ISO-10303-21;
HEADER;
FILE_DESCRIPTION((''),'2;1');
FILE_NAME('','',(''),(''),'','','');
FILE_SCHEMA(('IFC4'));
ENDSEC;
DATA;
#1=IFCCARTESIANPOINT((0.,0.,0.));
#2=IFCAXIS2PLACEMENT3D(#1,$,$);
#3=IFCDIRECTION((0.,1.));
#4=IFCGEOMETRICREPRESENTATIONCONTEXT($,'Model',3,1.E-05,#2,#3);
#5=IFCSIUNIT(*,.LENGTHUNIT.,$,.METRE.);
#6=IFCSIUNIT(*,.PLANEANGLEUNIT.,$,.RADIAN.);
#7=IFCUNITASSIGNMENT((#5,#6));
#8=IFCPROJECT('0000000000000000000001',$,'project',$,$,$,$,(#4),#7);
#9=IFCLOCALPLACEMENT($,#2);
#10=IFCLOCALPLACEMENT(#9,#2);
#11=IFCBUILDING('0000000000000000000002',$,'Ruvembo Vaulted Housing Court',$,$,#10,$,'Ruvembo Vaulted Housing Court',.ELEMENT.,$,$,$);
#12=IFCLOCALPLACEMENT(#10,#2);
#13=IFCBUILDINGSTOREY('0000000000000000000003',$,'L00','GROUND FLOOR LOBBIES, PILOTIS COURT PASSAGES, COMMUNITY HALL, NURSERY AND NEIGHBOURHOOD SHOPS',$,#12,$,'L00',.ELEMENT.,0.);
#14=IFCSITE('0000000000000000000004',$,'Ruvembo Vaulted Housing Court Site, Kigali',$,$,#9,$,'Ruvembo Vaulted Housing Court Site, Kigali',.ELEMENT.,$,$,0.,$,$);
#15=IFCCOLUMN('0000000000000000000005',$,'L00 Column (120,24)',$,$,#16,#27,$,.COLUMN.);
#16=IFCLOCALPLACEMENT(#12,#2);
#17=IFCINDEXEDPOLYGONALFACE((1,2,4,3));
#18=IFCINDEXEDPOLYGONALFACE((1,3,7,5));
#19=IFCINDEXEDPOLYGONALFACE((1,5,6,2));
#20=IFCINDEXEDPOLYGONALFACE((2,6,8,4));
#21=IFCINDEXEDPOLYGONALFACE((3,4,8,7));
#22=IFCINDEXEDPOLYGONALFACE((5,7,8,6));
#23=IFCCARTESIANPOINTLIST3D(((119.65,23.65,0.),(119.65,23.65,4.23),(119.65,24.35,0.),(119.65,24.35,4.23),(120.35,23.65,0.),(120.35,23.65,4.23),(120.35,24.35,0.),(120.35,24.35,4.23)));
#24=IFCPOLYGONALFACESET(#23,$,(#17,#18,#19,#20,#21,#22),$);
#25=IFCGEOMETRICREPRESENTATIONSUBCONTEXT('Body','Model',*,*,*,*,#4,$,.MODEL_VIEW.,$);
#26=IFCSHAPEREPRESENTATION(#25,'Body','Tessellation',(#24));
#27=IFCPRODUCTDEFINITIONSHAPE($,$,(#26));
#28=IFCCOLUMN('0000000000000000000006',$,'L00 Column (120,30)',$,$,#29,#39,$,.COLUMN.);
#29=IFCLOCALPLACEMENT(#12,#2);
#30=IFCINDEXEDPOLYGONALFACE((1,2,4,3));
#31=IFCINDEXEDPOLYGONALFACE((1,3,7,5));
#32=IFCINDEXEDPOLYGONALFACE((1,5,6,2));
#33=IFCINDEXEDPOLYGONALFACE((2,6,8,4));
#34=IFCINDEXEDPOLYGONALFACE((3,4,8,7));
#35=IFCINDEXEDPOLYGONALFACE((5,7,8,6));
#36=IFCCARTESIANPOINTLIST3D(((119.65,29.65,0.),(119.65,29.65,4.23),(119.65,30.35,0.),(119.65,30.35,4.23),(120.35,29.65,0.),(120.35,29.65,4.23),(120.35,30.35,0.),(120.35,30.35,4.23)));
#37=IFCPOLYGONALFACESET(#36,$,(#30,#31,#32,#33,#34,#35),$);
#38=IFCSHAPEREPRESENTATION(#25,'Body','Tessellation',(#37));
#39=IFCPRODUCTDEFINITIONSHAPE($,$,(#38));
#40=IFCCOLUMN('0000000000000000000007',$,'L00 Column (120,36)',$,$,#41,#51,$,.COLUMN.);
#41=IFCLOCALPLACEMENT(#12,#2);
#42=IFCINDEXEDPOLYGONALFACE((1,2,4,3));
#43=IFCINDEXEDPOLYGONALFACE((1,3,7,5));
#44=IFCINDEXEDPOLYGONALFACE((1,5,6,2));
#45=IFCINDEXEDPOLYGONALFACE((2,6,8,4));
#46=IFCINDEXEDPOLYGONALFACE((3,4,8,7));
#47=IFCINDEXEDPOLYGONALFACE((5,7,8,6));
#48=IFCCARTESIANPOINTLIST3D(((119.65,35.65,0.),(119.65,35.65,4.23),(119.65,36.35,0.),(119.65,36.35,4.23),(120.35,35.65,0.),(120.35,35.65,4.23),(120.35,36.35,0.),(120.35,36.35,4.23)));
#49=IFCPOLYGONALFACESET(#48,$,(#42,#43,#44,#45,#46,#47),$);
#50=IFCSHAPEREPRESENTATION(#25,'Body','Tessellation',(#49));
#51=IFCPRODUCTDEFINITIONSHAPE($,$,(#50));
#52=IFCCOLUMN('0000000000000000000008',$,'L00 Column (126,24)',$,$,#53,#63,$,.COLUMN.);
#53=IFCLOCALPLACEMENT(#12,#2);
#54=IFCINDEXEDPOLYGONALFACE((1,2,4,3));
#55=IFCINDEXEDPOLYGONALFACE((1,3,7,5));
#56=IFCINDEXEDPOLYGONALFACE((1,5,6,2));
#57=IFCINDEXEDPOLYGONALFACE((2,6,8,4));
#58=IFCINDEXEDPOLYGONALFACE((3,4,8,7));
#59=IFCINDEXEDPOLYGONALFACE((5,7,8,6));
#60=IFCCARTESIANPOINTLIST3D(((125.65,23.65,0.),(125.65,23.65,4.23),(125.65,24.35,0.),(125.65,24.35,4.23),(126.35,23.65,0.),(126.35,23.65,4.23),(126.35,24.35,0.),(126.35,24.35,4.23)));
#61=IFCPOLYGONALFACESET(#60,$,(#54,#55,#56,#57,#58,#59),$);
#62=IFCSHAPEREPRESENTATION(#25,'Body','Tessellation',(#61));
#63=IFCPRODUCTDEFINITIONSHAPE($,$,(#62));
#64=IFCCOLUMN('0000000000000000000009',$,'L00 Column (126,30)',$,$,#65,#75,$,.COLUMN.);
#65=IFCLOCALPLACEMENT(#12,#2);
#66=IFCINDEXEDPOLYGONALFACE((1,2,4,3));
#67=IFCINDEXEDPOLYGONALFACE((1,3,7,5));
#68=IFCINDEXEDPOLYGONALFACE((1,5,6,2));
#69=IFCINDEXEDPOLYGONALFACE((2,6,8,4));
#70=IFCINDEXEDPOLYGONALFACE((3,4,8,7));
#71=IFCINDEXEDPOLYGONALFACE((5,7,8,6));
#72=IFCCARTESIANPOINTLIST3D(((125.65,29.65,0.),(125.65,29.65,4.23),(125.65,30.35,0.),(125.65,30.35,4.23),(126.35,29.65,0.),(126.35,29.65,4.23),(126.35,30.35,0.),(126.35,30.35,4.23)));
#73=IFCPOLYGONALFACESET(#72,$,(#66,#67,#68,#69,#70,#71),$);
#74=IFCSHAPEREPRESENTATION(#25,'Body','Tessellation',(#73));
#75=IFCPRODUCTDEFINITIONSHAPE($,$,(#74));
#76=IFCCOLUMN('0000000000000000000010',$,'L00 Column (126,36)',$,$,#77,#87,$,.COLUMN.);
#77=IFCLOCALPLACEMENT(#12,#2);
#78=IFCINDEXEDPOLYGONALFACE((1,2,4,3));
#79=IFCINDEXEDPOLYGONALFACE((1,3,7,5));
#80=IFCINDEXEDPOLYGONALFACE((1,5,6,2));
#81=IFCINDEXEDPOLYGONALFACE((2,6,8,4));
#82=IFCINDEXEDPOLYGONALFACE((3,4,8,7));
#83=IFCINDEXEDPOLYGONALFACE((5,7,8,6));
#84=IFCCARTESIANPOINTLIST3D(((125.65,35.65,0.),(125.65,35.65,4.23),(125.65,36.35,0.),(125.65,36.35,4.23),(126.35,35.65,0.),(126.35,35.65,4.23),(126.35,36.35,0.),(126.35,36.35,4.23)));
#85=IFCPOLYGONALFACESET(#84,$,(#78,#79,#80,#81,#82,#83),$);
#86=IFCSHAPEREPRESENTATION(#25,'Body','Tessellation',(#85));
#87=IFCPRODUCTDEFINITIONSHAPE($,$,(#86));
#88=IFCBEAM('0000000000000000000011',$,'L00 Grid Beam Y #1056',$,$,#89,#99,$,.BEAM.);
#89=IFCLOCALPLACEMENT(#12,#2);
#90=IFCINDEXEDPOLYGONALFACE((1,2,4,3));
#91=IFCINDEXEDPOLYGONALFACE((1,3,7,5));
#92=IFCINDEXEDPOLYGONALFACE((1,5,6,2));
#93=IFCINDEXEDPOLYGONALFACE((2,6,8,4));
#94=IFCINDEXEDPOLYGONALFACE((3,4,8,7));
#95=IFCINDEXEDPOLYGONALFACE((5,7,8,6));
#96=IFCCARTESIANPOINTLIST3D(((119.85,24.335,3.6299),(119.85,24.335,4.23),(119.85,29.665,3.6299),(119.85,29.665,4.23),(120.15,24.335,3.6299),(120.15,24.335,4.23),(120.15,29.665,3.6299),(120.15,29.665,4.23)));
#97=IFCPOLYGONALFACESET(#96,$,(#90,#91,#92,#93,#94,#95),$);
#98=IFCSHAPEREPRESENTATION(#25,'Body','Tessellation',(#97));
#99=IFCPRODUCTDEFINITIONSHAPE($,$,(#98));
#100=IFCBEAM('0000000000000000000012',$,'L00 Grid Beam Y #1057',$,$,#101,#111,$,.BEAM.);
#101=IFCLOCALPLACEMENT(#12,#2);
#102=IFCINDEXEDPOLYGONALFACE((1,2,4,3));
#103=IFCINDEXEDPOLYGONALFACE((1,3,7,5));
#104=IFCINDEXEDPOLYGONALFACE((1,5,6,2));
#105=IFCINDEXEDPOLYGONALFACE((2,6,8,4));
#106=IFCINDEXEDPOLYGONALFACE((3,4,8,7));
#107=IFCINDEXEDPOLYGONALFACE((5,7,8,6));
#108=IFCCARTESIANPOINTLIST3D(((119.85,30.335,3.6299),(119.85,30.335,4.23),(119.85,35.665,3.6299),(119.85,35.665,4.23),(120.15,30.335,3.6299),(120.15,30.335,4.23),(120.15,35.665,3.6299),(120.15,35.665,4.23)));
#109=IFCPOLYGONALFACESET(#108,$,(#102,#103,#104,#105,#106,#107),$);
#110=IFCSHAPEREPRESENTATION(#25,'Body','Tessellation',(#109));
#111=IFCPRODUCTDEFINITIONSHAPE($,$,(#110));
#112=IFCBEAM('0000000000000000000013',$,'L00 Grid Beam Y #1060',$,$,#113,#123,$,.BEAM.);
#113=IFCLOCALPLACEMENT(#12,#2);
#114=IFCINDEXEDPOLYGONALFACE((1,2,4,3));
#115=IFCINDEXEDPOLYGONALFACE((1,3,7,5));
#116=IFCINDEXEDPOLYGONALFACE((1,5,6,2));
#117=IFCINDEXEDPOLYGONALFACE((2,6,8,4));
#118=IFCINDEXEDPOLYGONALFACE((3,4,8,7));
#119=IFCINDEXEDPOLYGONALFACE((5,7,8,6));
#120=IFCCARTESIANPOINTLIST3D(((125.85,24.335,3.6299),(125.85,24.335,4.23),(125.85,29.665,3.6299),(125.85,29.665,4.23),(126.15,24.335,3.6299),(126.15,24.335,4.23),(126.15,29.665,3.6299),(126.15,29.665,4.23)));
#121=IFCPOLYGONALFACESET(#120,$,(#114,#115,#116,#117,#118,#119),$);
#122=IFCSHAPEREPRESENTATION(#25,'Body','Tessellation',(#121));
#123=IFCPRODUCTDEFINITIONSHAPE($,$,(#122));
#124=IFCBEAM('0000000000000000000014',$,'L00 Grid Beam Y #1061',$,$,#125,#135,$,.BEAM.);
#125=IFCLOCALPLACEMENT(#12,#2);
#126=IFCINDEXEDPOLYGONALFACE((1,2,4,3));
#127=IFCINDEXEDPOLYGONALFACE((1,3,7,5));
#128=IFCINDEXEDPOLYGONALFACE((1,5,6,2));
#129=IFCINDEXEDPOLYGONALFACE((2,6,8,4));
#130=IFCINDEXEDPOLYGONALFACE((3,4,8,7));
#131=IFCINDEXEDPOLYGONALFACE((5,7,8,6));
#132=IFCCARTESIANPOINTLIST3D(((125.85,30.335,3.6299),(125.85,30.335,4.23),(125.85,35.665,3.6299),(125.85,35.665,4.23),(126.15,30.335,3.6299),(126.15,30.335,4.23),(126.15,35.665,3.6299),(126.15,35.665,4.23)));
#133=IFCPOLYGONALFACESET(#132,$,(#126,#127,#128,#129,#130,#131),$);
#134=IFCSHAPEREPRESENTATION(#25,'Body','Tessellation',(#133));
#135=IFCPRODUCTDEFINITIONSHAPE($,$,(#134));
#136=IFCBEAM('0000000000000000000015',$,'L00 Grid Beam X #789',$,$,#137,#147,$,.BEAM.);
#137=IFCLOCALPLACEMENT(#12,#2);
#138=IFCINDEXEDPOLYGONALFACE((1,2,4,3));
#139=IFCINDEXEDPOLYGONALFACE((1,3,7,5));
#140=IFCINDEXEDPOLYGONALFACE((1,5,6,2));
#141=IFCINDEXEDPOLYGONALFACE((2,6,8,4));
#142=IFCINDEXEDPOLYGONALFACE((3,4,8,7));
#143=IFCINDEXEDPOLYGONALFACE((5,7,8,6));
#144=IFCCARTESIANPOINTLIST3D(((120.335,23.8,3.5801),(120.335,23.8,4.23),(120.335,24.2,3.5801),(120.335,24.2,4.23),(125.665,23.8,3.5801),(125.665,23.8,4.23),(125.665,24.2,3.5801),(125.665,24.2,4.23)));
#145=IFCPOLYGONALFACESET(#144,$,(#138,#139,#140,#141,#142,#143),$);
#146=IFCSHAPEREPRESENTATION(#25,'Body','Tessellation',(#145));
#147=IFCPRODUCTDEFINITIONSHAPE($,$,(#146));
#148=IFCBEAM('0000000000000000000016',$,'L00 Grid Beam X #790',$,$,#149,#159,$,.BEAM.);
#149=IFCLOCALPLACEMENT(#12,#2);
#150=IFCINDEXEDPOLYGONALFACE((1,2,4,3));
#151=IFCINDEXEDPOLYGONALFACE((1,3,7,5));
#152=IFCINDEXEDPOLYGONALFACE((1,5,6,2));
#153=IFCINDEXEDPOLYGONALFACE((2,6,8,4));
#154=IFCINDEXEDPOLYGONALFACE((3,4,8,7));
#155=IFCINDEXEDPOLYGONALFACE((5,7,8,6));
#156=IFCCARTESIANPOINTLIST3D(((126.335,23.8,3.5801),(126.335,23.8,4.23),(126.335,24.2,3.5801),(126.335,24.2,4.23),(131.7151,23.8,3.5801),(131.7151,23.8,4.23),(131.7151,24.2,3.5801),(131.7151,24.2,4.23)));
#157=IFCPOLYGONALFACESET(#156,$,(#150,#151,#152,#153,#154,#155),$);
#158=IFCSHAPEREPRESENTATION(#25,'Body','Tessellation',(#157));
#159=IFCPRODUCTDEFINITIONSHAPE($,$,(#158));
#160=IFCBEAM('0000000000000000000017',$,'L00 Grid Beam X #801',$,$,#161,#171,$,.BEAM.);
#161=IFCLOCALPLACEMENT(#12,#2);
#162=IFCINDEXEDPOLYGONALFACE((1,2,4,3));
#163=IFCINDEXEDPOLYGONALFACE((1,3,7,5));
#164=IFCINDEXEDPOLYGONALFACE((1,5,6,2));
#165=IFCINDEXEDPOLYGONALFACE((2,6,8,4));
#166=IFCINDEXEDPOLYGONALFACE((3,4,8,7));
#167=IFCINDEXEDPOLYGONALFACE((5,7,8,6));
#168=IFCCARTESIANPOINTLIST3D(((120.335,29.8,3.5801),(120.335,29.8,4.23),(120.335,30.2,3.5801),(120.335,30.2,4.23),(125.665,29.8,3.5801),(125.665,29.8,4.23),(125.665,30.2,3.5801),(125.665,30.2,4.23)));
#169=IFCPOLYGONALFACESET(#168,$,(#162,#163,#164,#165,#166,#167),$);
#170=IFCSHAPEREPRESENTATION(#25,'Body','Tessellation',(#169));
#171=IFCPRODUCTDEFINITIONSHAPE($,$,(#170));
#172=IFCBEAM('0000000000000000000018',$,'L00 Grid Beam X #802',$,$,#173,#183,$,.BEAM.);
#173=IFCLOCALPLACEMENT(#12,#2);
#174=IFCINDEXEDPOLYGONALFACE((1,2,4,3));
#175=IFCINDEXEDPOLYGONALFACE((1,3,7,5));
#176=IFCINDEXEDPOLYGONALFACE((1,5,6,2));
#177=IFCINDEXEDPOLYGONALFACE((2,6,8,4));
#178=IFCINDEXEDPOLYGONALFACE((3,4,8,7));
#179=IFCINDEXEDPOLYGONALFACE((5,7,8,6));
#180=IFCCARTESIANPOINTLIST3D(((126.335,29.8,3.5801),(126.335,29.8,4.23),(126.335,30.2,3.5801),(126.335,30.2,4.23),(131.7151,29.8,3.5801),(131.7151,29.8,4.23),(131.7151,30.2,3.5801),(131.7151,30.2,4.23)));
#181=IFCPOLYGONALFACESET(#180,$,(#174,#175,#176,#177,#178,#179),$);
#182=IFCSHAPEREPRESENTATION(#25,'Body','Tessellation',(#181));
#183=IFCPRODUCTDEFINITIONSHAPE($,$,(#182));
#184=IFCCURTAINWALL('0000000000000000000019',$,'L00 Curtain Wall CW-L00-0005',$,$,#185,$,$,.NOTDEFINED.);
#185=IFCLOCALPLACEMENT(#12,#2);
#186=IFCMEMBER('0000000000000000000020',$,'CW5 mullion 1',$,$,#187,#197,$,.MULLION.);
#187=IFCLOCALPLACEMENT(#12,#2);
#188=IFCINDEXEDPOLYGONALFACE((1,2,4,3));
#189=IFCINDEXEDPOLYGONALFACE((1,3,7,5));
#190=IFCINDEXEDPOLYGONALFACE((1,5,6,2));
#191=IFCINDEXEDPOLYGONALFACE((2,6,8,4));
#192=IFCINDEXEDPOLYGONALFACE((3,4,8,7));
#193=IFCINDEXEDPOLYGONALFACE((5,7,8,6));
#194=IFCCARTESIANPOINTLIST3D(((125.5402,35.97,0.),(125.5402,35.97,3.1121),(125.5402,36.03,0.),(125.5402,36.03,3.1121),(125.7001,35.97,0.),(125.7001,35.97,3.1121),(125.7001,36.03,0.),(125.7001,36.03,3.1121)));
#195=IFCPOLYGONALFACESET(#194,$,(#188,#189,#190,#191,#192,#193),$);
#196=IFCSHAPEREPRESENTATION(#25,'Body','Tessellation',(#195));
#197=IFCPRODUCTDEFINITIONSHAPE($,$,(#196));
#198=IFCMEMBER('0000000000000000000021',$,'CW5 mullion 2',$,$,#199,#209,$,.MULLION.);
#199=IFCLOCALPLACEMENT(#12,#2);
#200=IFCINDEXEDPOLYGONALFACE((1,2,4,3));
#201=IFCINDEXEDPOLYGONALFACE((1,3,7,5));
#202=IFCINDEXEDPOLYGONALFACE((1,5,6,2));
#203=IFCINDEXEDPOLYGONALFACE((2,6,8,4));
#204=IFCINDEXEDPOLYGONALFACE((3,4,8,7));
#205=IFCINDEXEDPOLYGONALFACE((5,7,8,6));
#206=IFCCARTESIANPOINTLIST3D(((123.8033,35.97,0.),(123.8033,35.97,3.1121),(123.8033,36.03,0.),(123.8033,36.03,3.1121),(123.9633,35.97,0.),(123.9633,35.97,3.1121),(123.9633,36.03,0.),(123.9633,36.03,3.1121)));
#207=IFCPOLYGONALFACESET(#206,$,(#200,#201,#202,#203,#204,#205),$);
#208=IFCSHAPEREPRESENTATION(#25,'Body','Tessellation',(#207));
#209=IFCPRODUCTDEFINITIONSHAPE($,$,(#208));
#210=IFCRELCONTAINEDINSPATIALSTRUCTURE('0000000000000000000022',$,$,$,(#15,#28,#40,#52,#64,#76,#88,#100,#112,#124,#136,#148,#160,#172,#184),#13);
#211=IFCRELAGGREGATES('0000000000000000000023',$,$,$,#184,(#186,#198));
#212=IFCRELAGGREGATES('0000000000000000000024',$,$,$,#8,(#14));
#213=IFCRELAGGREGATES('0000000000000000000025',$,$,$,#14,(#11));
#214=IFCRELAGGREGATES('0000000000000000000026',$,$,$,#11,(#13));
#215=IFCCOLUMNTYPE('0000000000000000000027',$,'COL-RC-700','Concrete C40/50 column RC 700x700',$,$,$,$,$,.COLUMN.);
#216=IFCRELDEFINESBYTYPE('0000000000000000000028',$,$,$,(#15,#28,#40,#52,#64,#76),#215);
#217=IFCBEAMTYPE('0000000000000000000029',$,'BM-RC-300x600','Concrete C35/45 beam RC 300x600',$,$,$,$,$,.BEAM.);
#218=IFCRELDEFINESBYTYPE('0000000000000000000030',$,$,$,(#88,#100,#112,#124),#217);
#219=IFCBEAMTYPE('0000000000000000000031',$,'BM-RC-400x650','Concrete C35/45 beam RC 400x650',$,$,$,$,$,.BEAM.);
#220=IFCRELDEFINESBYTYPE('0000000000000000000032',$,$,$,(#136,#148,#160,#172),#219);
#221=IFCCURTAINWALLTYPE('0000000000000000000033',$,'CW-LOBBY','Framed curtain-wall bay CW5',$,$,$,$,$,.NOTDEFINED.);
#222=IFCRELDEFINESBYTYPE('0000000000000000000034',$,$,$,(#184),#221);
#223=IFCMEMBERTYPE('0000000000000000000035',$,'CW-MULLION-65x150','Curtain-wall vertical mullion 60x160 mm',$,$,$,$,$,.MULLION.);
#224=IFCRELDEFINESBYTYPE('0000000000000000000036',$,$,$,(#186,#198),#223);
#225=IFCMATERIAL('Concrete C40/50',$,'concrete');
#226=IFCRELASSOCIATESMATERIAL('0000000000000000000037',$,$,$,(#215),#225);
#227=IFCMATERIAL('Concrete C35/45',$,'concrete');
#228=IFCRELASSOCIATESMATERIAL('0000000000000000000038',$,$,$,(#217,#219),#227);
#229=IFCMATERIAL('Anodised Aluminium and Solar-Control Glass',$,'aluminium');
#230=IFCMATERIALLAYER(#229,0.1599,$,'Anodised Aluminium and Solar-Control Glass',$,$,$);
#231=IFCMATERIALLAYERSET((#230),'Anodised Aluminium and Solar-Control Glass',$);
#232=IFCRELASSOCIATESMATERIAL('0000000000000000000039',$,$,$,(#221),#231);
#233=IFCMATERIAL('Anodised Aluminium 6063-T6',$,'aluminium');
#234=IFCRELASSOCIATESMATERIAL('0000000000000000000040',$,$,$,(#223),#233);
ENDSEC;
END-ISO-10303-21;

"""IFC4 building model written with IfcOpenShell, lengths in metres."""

from ifc_helpers import new_model, si_unit, direction, frame, origin, origin_2d, place, context, subcontext, project, spatial, rectangle, extrude, material, layer, layer_set, material_profile, profile_set, type_object, element, aggregate, save


model = new_model("IFC4")

# Units and contexts
model_context = context("Model", 3, precision=1e-05, world=origin(), true_north=direction((0.0, 1.0)))
body_context = subcontext(model_context, "Body", "Model", "MODEL_VIEW")
ifc_project = project(units=[si_unit("LENGTHUNIT", "METRE"), si_unit("PLANEANGLEUNIT", "RADIAN")], contexts=[model_context])

# Site, building, storey
site_placement = place(None, origin())
site = spatial("IfcSite", under=ifc_project, at=site_placement, Name="Ruvembo Vaulted Housing Court Site, Kigali", LongName="Ruvembo Vaulted Housing Court Site, Kigali", CompositionType="ELEMENT", RefElevation=0.0)
building_placement = place(site_placement, origin())
building = spatial("IfcBuilding", under=site, at=building_placement, Name="Ruvembo Vaulted Housing Court", LongName="Ruvembo Vaulted Housing Court", CompositionType="ELEMENT")
storey_placement = place(building_placement, origin())
storey = spatial("IfcBuildingStorey", under=building, at=storey_placement, Name="L00", Description="GROUND FLOOR LOBBIES, PILOTIS COURT PASSAGES, COMMUNITY HALL, NURSERY AND NEIGHBOURHOOD SHOPS", LongName="L00", CompositionType="ELEMENT", Elevation=0.0)

# Columns
ifc_material_1 = material(Name="Concrete C40/50", Category="concrete")
ifc_material_profile_1 = material_profile(ifc_material_1, rectangle(XDim=0.7, YDim=0.7, at=origin_2d()), Name="RC 700x700")
ifc_profile_set_1 = profile_set([ifc_material_profile_1], Name="Concrete C40/50")
column_type = type_object("IfcColumnType", Name="COL-RC-700", Description="Concrete C40/50 column RC 700x700", PredefinedType="COLUMN", material=ifc_profile_set_1)
for number, where, z_axis, x_axis, name in (
    (1, (120.0, 24.0, 0.0), (0.0, 0.0, 1.0), (1.0, 0.0, 0.0), "L00 Column (120,24)"),
    (2, (120.0, 30.0, 0.0), (0.0, 0.0, 1.0), (1.0, 0.0, 0.0), "L00 Column (120,30)"),
    (3, (120.0, 36.0, 0.0), (0.0, 0.0, 1.0), (1.0, 0.0, 0.0), "L00 Column (120,36)"),
    (4, (126.0, 24.0, 0.0), (0.0, 0.0, 1.0), (1.0, 0.0, 0.0), "L00 Column (126,24)"),
    (5, (126.0, 30.0, 0.0), (0.0, 0.0, 1.0), (1.0, 0.0, 0.0), "L00 Column (126,30)"),
    (6, (126.0, 36.0, 0.0), (0.0, 0.0, 1.0), (1.0, 0.0, 0.0), "L00 Column (126,36)"),
):
    element("IfcColumn", number, at=place(storey_placement, frame(where, z_axis=z_axis, x_axis=x_axis)), inside=storey, type_object=column_type, Name=name, PredefinedType="COLUMN", context=body_context, shape_type="SweptSolid", body=[
        extrude(rectangle(XDim=0.7, YDim=0.7, at=origin_2d()), origin(), (0.0, 0.0, 1.0), 4.23),
    ])

# Beams
ifc_material_2 = material(Name="Concrete C35/45", Category="concrete")
ifc_material_profile_2 = material_profile(ifc_material_2, rectangle(XDim=0.3, YDim=0.6001, at=origin_2d()), Name="RC 300x600")
ifc_profile_set_2 = profile_set([ifc_material_profile_2], Name="Concrete C35/45")
beam_type_1 = type_object("IfcBeamType", Name="BM-RC-300x600", Description="Concrete C35/45 beam RC 300x600", PredefinedType="BEAM", material=ifc_profile_set_2)
for number, where, z_axis, x_axis, name in (
    (7, (120.0, 24.335, 3.9299), (0.0, 1.0, 0.0), (-1.0, 0.0, 0.0), "L00 Grid Beam Y #1056"),
    (8, (120.0, 30.335, 3.9299), (0.0, 1.0, 0.0), (-1.0, 0.0, 0.0), "L00 Grid Beam Y #1057"),
    (9, (126.0, 24.335, 3.9299), (0.0, 1.0, 0.0), (-1.0, 0.0, 0.0), "L00 Grid Beam Y #1060"),
    (10, (126.0, 30.335, 3.9299), (0.0, 1.0, 0.0), (-1.0, 0.0, 0.0), "L00 Grid Beam Y #1061"),
):
    element("IfcBeam", number, at=place(storey_placement, frame(where, z_axis=z_axis, x_axis=x_axis)), inside=storey, type_object=beam_type_1, Name=name, PredefinedType="BEAM", context=body_context, shape_type="SweptSolid", body=[
        extrude(rectangle(XDim=0.3, YDim=0.6001, at=origin_2d()), origin(), (0.0, 0.0, 1.0), 5.3301),
    ])
ifc_material_profile_3 = material_profile(ifc_material_2, rectangle(XDim=0.3999, YDim=0.6499, at=origin_2d()), Name="RC 400x650")
ifc_profile_set_3 = profile_set([ifc_material_profile_3], Name="Concrete C35/45")
beam_type_2 = type_object("IfcBeamType", Name="BM-RC-400x650", Description="Concrete C35/45 beam RC 400x650", PredefinedType="BEAM", material=ifc_profile_set_3)
beam_1_placement = place(storey_placement, frame((120.335, 24.0, 3.905), z_axis=(1.0, 0.0, 0.0), x_axis=(0.0, 1.0, 0.0)))
element("IfcBeam", 11, at=beam_1_placement, inside=storey, type_object=beam_type_2, Name="L00 Grid Beam X #789", PredefinedType="BEAM", context=body_context, shape_type="SweptSolid", body=[
    extrude(rectangle(XDim=0.3999, YDim=0.6499, at=origin_2d()), origin(), (0.0, 0.0, 1.0), 5.3301),
])
beam_2_placement = place(storey_placement, frame((126.335, 24.0, 3.905), z_axis=(1.0, 0.0, 0.0), x_axis=(0.0, 1.0, 0.0)))
element("IfcBeam", 12, at=beam_2_placement, inside=storey, type_object=beam_type_2, Name="L00 Grid Beam X #790", PredefinedType="BEAM", context=body_context, shape_type="SweptSolid", body=[
    extrude(rectangle(XDim=0.3999, YDim=0.6499, at=origin_2d()), origin(), (0.0, 0.0, 1.0), 5.3801),
])
beam_3_placement = place(storey_placement, frame((120.335, 30.0, 3.905), z_axis=(1.0, 0.0, 0.0), x_axis=(0.0, 1.0, 0.0)))
element("IfcBeam", 13, at=beam_3_placement, inside=storey, type_object=beam_type_2, Name="L00 Grid Beam X #801", PredefinedType="BEAM", context=body_context, shape_type="SweptSolid", body=[
    extrude(rectangle(XDim=0.3999, YDim=0.6499, at=origin_2d()), origin(), (0.0, 0.0, 1.0), 5.3301),
])
beam_4_placement = place(storey_placement, frame((126.335, 30.0, 3.905), z_axis=(1.0, 0.0, 0.0), x_axis=(0.0, 1.0, 0.0)))
element("IfcBeam", 14, at=beam_4_placement, inside=storey, type_object=beam_type_2, Name="L00 Grid Beam X #802", PredefinedType="BEAM", context=body_context, shape_type="SweptSolid", body=[
    extrude(rectangle(XDim=0.3999, YDim=0.6499, at=origin_2d()), origin(), (0.0, 0.0, 1.0), 5.3801),
])

# Curtain wall, members
ifc_material_3 = material(Name="Anodised Aluminium and Solar-Control Glass", Category="aluminium")
ifc_layer_1 = layer(ifc_material_3, 0.1599, Name="Anodised Aluminium and Solar-Control Glass")
ifc_layer_set_1 = layer_set([ifc_layer_1], Name="Anodised Aluminium and Solar-Control Glass")
curtain_wall_type = type_object("IfcCurtainWallType", Name="CW-LOBBY", Description="Framed curtain-wall bay CW5", PredefinedType="NOTDEFINED", material=ifc_layer_set_1)
curtain_wall_placement = place(storey_placement, origin())
curtain_wall = element("IfcCurtainWall", 15, at=curtain_wall_placement, inside=storey, type_object=curtain_wall_type, Name="L00 Curtain Wall CW-L00-0005", PredefinedType="NOTDEFINED")
ifc_material_4 = material(Name="Anodised Aluminium 6063-T6", Category="aluminium")
ifc_material_profile_4 = material_profile(ifc_material_4, rectangle(XDim=0.0601, YDim=0.1599, at=origin_2d()), Name="ALU 60x160")
ifc_profile_set_4 = profile_set([ifc_material_profile_4], Name="Anodised Aluminium 6063-T6")
member_type_1 = type_object("IfcMemberType", Name="CW-MULLION-65x150", Description="Curtain-wall vertical mullion 60x160 mm", PredefinedType="MULLION", material=ifc_profile_set_4)
member_1_placement = place(storey_placement, frame((125.6201, 36.0, 0.0), z_axis=(0.0, 0.0, 1.0), x_axis=(0.0, -1.0, 0.0)))
member_1 = element("IfcMember", 16, at=member_1_placement, type_object=member_type_1, Name="CW5 mullion 1", PredefinedType="MULLION", context=body_context, shape_type="SweptSolid", body=[
    extrude(rectangle(XDim=0.0601, YDim=0.1599, at=origin_2d()), origin(), (0.0, 0.0, 1.0), 3.1121),
])
member_2_placement = place(storey_placement, frame((123.8833, 36.0, 0.0), z_axis=(0.0, 0.0, 1.0), x_axis=(0.0, -1.0, 0.0)))
member_2 = element("IfcMember", 17, at=member_2_placement, type_object=member_type_1, Name="CW5 mullion 2", PredefinedType="MULLION", context=body_context, shape_type="SweptSolid", body=[
    extrude(rectangle(XDim=0.0601, YDim=0.1599, at=origin_2d()), origin(), (0.0, 0.0, 1.0), 3.1121),
])

aggregate(curtain_wall, [member_1, member_2])

save(model, "model.ifc")
